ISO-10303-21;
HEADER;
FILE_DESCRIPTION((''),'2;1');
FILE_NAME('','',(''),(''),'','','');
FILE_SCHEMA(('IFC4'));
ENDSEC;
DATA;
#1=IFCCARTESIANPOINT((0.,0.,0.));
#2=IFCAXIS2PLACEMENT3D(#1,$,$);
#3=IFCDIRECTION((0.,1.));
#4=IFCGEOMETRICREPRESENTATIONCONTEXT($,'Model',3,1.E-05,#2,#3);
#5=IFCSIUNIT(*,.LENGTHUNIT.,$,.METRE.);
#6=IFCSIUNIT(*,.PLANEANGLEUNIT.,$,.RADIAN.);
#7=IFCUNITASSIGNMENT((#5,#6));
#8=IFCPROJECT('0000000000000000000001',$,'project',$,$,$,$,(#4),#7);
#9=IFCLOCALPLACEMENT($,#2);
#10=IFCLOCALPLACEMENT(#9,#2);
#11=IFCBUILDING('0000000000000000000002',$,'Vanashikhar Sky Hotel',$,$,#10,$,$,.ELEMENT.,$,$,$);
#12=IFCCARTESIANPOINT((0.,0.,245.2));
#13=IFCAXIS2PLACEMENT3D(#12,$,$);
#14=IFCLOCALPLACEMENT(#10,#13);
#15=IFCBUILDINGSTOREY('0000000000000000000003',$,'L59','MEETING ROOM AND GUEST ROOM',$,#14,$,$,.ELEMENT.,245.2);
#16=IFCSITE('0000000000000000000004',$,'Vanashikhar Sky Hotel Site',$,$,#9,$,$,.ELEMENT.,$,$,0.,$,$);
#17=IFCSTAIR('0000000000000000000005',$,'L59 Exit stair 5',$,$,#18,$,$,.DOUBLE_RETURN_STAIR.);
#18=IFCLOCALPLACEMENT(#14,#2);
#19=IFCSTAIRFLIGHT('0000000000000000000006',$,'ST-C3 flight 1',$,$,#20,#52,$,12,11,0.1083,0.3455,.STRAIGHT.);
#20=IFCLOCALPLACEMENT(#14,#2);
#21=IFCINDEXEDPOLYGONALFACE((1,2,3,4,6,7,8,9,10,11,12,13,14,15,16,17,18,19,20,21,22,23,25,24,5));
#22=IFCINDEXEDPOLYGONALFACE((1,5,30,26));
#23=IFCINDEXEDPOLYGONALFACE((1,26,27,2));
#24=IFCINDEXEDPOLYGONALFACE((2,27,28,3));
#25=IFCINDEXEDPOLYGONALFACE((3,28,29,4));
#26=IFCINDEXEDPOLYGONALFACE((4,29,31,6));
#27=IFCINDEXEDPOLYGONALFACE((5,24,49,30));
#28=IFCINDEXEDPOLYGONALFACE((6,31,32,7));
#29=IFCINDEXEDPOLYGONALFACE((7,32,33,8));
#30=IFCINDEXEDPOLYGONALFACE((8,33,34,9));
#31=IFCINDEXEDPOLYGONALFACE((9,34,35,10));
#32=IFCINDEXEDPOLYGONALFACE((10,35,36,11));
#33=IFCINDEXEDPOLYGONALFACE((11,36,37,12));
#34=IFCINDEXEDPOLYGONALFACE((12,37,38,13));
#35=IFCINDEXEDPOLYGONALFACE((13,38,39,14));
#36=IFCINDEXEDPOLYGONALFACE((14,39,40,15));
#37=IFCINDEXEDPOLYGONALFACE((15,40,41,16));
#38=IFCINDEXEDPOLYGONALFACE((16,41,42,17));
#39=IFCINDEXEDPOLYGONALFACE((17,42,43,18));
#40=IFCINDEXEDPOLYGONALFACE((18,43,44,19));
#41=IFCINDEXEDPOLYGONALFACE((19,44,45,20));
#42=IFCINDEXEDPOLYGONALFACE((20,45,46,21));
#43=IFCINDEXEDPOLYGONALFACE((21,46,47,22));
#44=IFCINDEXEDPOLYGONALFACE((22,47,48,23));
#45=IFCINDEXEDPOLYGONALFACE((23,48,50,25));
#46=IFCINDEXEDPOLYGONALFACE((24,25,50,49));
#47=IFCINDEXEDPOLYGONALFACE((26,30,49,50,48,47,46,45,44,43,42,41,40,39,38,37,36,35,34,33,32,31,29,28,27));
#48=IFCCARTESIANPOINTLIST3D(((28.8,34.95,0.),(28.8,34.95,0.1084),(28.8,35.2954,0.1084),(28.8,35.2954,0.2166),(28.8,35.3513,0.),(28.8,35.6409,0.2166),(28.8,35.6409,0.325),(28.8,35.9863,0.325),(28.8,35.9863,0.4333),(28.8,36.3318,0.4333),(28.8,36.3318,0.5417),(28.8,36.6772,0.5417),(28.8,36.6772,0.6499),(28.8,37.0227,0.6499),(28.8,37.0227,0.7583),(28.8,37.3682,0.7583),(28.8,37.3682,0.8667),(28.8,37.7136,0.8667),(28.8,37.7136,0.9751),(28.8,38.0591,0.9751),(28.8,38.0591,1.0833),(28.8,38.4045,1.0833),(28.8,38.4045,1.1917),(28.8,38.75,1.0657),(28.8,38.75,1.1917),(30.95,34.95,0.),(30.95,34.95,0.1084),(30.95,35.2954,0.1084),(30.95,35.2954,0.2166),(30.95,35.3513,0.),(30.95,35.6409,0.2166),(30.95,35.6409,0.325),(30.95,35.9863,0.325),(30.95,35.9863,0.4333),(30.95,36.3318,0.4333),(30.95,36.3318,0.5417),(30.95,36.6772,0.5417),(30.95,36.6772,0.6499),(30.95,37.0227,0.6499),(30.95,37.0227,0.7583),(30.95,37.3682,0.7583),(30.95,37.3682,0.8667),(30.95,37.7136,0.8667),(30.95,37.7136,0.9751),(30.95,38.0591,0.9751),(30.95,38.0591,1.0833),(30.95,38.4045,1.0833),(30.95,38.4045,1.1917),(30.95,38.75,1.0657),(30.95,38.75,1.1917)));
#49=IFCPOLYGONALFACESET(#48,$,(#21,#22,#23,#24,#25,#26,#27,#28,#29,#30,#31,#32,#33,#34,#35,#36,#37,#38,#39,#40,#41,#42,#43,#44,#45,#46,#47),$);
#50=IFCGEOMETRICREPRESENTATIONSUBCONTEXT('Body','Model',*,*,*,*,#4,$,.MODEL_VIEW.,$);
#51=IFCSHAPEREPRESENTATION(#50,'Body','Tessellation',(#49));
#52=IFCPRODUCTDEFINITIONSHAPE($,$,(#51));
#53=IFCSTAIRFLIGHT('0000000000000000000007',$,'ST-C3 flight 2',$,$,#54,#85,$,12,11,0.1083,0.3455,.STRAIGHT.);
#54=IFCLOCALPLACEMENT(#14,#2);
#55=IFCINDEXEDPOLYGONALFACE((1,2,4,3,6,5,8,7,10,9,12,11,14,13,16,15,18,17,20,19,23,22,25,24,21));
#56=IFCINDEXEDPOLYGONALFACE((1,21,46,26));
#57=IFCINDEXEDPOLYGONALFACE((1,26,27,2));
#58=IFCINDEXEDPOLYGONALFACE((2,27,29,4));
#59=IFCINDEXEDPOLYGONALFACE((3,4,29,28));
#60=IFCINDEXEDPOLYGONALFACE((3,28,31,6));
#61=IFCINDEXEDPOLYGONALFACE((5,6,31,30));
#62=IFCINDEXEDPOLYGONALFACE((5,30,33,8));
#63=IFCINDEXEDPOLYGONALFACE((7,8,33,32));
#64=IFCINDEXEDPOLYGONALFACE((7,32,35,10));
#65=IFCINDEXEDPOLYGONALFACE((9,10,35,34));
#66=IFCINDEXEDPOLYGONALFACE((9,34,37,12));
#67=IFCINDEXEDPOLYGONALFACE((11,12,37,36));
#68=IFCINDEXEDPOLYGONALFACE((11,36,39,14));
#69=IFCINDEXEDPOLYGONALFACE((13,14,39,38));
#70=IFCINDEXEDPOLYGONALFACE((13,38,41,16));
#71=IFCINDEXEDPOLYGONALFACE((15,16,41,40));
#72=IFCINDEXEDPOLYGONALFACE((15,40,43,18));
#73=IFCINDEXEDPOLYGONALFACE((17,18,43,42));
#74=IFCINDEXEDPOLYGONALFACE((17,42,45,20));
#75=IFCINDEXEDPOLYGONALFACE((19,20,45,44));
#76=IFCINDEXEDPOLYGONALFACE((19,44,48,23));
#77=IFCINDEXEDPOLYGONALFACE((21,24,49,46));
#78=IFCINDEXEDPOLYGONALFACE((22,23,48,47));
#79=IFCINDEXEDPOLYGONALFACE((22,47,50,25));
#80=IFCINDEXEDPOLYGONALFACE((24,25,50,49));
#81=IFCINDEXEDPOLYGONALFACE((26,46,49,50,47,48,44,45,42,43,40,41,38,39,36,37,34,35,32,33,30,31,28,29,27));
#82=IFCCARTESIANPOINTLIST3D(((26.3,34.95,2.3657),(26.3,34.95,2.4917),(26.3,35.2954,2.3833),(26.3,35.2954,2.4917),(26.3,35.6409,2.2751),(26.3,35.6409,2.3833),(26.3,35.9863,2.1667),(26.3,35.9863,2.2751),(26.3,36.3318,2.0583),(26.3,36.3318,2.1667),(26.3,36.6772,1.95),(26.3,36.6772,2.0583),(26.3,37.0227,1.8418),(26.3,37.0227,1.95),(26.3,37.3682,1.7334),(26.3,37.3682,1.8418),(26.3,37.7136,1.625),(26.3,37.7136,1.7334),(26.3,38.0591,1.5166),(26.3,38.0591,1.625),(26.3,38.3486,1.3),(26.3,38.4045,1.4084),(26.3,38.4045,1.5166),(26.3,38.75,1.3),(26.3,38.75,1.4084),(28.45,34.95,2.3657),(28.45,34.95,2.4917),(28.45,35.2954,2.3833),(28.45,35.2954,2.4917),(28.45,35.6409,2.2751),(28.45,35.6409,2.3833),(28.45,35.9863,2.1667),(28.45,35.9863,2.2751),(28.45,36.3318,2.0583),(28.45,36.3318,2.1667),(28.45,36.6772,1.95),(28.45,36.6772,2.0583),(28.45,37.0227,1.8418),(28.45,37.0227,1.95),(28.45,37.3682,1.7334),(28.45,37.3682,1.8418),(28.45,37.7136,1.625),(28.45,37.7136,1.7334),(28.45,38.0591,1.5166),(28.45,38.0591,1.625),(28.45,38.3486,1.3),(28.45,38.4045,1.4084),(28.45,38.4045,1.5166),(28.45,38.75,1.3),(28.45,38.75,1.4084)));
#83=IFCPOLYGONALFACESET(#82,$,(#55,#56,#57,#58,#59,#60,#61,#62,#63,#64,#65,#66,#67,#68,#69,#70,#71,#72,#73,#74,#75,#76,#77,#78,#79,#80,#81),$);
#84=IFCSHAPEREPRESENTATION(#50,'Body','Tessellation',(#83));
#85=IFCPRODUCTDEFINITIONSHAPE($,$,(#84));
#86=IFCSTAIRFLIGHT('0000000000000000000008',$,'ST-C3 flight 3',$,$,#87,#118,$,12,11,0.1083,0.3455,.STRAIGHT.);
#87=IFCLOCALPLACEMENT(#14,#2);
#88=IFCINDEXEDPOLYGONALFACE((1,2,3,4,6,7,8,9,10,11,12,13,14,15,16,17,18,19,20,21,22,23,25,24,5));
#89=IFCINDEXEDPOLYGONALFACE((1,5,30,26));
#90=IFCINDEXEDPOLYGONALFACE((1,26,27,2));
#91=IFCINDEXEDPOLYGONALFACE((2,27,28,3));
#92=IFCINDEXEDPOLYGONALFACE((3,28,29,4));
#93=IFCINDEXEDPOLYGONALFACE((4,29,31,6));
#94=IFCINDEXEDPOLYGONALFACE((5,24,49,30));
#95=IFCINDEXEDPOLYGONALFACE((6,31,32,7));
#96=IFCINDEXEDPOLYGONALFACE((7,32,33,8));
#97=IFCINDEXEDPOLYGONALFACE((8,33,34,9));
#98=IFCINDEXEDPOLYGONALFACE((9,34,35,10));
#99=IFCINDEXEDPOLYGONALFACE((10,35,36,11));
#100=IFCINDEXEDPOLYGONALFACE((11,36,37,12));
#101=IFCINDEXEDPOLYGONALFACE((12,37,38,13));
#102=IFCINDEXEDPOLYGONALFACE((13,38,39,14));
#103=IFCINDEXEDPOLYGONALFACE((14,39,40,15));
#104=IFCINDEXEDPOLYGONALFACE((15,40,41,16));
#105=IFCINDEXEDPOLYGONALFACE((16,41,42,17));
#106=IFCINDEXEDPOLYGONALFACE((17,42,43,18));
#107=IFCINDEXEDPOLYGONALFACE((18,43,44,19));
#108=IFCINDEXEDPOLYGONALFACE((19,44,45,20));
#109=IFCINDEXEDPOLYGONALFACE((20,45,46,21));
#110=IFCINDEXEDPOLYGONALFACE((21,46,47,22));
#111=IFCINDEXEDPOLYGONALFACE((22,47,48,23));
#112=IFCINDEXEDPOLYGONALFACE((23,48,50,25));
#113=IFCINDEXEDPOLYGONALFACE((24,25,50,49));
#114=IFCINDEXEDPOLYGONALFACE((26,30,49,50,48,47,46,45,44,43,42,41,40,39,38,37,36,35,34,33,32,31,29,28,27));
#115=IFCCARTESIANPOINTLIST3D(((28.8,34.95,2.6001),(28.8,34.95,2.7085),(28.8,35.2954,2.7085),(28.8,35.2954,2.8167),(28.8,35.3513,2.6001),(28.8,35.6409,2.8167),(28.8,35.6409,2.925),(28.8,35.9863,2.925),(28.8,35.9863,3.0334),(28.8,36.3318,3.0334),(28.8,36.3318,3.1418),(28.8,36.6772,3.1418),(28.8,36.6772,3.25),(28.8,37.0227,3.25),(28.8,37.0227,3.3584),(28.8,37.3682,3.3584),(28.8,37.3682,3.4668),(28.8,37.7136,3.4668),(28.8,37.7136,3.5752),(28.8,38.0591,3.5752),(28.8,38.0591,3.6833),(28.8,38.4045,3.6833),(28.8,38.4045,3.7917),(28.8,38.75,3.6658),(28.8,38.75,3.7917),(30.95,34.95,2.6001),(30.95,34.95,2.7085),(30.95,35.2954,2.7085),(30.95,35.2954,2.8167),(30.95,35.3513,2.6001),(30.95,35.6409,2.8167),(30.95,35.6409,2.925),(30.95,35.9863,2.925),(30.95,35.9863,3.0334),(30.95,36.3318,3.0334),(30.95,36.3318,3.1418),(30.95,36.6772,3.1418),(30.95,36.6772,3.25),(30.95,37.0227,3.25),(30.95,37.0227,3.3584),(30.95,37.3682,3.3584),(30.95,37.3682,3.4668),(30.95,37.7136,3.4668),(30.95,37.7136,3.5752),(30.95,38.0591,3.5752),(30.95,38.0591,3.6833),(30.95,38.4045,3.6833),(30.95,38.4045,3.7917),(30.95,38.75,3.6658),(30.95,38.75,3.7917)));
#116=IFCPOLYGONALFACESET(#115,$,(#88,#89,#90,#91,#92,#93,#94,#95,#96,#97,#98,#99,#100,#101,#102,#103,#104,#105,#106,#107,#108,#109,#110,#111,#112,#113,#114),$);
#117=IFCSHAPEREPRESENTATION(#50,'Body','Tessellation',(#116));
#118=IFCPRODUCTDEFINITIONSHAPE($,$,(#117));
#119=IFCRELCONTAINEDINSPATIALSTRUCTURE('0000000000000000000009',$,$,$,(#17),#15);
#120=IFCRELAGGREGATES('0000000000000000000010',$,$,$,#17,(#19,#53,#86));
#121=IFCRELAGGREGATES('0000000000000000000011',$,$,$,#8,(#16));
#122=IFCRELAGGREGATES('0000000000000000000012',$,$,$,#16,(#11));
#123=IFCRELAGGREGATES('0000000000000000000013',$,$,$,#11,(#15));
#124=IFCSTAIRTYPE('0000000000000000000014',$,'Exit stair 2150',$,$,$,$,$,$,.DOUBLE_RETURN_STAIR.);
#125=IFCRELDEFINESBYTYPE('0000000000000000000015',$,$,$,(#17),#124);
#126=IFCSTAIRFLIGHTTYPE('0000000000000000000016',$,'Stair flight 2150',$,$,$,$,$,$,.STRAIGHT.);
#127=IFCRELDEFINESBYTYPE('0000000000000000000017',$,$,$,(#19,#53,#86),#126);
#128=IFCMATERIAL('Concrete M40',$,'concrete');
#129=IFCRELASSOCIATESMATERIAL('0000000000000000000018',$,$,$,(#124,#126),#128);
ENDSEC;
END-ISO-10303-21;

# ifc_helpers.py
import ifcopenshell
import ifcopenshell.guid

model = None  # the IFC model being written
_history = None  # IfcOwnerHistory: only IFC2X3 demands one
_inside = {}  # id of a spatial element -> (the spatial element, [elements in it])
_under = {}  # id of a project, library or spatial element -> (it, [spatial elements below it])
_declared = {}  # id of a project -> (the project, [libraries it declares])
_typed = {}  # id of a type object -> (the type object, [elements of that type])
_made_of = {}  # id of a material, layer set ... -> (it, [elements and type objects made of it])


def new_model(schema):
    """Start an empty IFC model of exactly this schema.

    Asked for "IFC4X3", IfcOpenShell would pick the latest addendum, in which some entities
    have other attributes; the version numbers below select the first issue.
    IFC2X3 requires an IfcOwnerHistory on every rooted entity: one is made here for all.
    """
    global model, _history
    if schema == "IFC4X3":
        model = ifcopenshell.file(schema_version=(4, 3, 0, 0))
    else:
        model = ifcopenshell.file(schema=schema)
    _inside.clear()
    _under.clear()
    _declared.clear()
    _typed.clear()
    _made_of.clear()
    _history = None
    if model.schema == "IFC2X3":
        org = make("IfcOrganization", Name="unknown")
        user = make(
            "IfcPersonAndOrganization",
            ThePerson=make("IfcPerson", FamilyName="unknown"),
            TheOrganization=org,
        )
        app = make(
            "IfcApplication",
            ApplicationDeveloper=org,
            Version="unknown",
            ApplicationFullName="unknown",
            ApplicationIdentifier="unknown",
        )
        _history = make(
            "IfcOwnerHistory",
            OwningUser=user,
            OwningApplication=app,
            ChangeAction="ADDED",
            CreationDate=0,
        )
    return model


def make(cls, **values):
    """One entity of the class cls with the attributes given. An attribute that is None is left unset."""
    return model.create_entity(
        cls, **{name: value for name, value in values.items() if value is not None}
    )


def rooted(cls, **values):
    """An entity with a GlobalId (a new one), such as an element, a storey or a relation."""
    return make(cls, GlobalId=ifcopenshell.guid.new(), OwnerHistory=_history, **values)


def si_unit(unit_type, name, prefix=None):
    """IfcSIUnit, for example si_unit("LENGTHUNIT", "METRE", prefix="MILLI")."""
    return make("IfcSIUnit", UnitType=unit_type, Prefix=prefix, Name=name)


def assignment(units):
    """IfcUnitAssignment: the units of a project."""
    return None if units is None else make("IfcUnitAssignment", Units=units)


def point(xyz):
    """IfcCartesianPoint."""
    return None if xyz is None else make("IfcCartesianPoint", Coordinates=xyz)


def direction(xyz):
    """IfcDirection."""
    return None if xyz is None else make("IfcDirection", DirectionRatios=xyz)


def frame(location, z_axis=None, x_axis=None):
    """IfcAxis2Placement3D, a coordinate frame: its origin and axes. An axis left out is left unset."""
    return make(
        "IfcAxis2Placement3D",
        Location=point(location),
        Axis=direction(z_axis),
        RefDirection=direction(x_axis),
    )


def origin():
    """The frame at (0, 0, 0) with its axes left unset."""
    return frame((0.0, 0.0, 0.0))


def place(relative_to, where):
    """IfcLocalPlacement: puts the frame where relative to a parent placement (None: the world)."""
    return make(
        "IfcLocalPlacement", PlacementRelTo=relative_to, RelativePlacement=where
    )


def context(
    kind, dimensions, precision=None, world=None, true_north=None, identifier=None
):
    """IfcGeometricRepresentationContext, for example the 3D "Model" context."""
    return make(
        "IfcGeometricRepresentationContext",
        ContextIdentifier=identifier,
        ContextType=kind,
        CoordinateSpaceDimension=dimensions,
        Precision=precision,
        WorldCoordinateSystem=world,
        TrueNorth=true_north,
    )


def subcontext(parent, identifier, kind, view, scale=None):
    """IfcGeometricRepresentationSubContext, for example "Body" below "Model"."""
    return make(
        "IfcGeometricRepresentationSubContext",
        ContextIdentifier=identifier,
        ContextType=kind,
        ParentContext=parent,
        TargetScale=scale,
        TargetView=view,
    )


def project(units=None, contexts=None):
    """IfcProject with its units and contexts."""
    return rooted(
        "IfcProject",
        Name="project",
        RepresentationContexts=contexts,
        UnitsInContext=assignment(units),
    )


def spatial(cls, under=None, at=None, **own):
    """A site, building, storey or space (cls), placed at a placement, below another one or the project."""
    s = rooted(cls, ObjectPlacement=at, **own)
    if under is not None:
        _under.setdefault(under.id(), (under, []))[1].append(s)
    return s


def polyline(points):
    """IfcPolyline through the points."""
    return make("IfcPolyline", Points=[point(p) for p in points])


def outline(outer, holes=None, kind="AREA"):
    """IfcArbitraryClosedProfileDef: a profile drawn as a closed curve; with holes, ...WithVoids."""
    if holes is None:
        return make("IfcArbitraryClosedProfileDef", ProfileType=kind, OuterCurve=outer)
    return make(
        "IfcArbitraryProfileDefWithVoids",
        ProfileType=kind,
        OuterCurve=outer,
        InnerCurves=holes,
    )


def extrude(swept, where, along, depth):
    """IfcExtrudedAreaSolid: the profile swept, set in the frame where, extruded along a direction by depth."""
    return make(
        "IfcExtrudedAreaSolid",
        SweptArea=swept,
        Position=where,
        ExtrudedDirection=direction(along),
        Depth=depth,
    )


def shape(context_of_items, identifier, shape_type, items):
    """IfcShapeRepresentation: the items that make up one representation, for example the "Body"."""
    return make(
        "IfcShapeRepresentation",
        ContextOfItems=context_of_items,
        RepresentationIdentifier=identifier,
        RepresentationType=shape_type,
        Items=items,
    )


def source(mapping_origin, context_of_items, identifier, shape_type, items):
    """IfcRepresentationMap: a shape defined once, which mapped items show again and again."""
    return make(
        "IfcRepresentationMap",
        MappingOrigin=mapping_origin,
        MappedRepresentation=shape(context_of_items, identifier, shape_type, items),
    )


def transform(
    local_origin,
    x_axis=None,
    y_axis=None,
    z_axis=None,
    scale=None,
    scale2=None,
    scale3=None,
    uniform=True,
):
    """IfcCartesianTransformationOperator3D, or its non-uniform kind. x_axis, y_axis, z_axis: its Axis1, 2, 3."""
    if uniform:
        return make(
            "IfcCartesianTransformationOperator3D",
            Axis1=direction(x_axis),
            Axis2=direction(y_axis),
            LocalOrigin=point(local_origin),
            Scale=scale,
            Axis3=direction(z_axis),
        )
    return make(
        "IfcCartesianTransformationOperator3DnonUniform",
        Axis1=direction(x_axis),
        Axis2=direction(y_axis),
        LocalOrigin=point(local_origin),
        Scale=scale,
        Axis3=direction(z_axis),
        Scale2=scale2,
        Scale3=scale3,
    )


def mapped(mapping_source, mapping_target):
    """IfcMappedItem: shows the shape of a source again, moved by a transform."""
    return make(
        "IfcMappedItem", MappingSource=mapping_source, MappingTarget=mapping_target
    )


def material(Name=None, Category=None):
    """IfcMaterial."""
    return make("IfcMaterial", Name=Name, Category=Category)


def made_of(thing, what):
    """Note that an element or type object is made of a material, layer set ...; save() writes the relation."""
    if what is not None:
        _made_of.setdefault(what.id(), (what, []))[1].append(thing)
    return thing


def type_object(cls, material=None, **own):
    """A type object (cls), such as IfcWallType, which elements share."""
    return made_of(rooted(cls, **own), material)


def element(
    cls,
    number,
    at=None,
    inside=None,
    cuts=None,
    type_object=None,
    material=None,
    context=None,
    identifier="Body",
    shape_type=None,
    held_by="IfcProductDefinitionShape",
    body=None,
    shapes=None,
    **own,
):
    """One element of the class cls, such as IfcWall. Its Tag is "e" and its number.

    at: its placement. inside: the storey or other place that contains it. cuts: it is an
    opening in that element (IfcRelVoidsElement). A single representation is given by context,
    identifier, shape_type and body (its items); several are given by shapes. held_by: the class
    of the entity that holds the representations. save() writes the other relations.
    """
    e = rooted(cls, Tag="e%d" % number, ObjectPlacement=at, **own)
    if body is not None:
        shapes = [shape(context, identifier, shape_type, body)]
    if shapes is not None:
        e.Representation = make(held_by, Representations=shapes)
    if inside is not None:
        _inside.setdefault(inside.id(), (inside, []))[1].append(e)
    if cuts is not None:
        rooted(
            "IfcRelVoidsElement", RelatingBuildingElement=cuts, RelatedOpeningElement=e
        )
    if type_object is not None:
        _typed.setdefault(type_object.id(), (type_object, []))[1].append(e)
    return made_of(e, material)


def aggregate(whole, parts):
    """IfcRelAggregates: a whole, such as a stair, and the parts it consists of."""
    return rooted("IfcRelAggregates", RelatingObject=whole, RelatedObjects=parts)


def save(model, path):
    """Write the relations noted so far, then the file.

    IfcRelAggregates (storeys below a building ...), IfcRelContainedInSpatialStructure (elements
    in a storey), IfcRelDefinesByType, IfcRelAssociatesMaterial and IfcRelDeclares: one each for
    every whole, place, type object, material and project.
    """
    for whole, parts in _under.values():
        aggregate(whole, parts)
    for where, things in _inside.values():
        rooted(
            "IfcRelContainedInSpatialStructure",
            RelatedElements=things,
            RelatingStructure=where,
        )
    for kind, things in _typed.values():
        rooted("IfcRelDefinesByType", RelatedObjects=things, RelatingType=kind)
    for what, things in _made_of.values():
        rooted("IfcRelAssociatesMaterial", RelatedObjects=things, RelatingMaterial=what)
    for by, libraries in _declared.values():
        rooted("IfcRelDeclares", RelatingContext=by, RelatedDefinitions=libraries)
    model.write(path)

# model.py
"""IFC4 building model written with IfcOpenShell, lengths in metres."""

from ifc_helpers import new_model, si_unit, direction, frame, origin, place, context, subcontext, project, spatial, polyline, outline, extrude, source, transform, mapped, material, type_object, element, aggregate, save


model = new_model("IFC4")

# Units and contexts
model_context = context("Model", 3, precision=1e-05, world=origin(), true_north=direction((0.0, 1.0)))
body_context = subcontext(model_context, "Body", "Model", "MODEL_VIEW")
ifc_project = project(units=[si_unit("LENGTHUNIT", "METRE"), si_unit("PLANEANGLEUNIT", "RADIAN")], contexts=[model_context])

# Site, building, storey
site_placement = place(None, origin())
site = spatial("IfcSite", under=ifc_project, at=site_placement, Name="Vanashikhar Sky Hotel Site", CompositionType="ELEMENT", RefElevation=0.0)
building_placement = place(site_placement, origin())
building = spatial("IfcBuilding", under=site, at=building_placement, Name="Vanashikhar Sky Hotel", CompositionType="ELEMENT")
storey_placement = place(building_placement, frame((0.0, 0.0, 245.2)))
storey = spatial("IfcBuildingStorey", under=building, at=storey_placement, Name="L59", Description="MEETING ROOM AND GUEST ROOM", CompositionType="ELEMENT", Elevation=245.2)

# Shared definitions
ifc_material_1 = material(Name="Concrete M40", Category="concrete")

# Shared definitions
stair_type = type_object("IfcStairType", Name="Exit stair 2150", PredefinedType="DOUBLE_RETURN_STAIR", material=ifc_material_1)
stair_flight_type = type_object("IfcStairFlightType", Name="Stair flight 2150", PredefinedType="STRAIGHT", material=ifc_material_1)
shared_shape_1 = source(origin(), body_context, "Body", "SweptSolid", [
    extrude(outline(polyline([(0.0, 0.0), (0.0, 0.1084), (0.3455, 0.1084), (0.3455, 0.2166), (0.6909, 0.2166), (0.6909, 0.325), (1.0364, 0.325), (1.0364, 0.4333), (1.3818, 0.4333), (1.3818, 0.5417), (1.7273, 0.5417), (1.7273, 0.6499), (2.0728, 0.6499), (2.0728, 0.7583), (2.4182, 0.7583), (2.4182, 0.8667), (2.7637, 0.8667), (2.7637, 0.9751), (3.1091, 0.9751), (3.1091, 1.0833), (3.4546, 1.0833), (3.4546, 1.1917), (3.8, 1.1917), (3.8, 1.3), (3.8, 1.0657), (0.4014, 0.0), (0.0, 0.0)])), frame((0.0, 1.075, 0.0), z_axis=(0.0, -1.0, 0.0), x_axis=(1.0, 0.0, 0.0)), (0.0, 0.0, 1.0), 2.1499),
])

# Stair, stair flights
stair_1_placement = place(storey_placement, origin())
stair_1 = element("IfcStair", 1, at=stair_1_placement, inside=storey, type_object=stair_type, Name="L59 Exit stair 5", PredefinedType="DOUBLE_RETURN_STAIR")
stair_flight_1_placement = place(storey_placement, frame((29.875, 34.95, 0.0), z_axis=(0.0, 0.0, 1.0), x_axis=(0.0, 1.0, 0.0)))
stair_flight_1 = element("IfcStairFlight", 2, at=stair_flight_1_placement, type_object=stair_flight_type, Name="ST-C3 flight 1", NumberOfRisers=12, NumberOfTreads=11, PredefinedType="STRAIGHT", RiserHeight=0.1083, TreadLength=0.3455, context=body_context, shape_type="MappedRepresentation", body=[
    mapped(shared_shape_1, transform((0.0, 0.0, 0.0), scale=1.0)),
])
stair_flight_2_placement = place(storey_placement, frame((27.375, 38.75, 1.3), z_axis=(0.0, 0.0, 1.0), x_axis=(0.0, -1.0, 0.0)))
stair_flight_2 = element("IfcStairFlight", 3, at=stair_flight_2_placement, type_object=stair_flight_type, Name="ST-C3 flight 2", NumberOfRisers=12, NumberOfTreads=11, PredefinedType="STRAIGHT", RiserHeight=0.1083, TreadLength=0.3455, context=body_context, shape_type="MappedRepresentation", body=[
    mapped(shared_shape_1, transform((0.0, 0.0, 0.0), scale=1.0)),
])
stair_flight_3_placement = place(storey_placement, frame((29.875, 34.95, 2.6001), z_axis=(0.0, 0.0, 1.0), x_axis=(0.0, 1.0, 0.0)))
stair_flight_3 = element("IfcStairFlight", 4, at=stair_flight_3_placement, type_object=stair_flight_type, Name="ST-C3 flight 3", NumberOfRisers=12, NumberOfTreads=11, PredefinedType="STRAIGHT", RiserHeight=0.1083, TreadLength=0.3455, context=body_context, shape_type="MappedRepresentation", body=[
    mapped(shared_shape_1, transform((0.0, 0.0, 0.0), scale=1.0)),
])
aggregate(stair_1, [stair_flight_1, stair_flight_2, stair_flight_3])

save(model, "model.ifc")
